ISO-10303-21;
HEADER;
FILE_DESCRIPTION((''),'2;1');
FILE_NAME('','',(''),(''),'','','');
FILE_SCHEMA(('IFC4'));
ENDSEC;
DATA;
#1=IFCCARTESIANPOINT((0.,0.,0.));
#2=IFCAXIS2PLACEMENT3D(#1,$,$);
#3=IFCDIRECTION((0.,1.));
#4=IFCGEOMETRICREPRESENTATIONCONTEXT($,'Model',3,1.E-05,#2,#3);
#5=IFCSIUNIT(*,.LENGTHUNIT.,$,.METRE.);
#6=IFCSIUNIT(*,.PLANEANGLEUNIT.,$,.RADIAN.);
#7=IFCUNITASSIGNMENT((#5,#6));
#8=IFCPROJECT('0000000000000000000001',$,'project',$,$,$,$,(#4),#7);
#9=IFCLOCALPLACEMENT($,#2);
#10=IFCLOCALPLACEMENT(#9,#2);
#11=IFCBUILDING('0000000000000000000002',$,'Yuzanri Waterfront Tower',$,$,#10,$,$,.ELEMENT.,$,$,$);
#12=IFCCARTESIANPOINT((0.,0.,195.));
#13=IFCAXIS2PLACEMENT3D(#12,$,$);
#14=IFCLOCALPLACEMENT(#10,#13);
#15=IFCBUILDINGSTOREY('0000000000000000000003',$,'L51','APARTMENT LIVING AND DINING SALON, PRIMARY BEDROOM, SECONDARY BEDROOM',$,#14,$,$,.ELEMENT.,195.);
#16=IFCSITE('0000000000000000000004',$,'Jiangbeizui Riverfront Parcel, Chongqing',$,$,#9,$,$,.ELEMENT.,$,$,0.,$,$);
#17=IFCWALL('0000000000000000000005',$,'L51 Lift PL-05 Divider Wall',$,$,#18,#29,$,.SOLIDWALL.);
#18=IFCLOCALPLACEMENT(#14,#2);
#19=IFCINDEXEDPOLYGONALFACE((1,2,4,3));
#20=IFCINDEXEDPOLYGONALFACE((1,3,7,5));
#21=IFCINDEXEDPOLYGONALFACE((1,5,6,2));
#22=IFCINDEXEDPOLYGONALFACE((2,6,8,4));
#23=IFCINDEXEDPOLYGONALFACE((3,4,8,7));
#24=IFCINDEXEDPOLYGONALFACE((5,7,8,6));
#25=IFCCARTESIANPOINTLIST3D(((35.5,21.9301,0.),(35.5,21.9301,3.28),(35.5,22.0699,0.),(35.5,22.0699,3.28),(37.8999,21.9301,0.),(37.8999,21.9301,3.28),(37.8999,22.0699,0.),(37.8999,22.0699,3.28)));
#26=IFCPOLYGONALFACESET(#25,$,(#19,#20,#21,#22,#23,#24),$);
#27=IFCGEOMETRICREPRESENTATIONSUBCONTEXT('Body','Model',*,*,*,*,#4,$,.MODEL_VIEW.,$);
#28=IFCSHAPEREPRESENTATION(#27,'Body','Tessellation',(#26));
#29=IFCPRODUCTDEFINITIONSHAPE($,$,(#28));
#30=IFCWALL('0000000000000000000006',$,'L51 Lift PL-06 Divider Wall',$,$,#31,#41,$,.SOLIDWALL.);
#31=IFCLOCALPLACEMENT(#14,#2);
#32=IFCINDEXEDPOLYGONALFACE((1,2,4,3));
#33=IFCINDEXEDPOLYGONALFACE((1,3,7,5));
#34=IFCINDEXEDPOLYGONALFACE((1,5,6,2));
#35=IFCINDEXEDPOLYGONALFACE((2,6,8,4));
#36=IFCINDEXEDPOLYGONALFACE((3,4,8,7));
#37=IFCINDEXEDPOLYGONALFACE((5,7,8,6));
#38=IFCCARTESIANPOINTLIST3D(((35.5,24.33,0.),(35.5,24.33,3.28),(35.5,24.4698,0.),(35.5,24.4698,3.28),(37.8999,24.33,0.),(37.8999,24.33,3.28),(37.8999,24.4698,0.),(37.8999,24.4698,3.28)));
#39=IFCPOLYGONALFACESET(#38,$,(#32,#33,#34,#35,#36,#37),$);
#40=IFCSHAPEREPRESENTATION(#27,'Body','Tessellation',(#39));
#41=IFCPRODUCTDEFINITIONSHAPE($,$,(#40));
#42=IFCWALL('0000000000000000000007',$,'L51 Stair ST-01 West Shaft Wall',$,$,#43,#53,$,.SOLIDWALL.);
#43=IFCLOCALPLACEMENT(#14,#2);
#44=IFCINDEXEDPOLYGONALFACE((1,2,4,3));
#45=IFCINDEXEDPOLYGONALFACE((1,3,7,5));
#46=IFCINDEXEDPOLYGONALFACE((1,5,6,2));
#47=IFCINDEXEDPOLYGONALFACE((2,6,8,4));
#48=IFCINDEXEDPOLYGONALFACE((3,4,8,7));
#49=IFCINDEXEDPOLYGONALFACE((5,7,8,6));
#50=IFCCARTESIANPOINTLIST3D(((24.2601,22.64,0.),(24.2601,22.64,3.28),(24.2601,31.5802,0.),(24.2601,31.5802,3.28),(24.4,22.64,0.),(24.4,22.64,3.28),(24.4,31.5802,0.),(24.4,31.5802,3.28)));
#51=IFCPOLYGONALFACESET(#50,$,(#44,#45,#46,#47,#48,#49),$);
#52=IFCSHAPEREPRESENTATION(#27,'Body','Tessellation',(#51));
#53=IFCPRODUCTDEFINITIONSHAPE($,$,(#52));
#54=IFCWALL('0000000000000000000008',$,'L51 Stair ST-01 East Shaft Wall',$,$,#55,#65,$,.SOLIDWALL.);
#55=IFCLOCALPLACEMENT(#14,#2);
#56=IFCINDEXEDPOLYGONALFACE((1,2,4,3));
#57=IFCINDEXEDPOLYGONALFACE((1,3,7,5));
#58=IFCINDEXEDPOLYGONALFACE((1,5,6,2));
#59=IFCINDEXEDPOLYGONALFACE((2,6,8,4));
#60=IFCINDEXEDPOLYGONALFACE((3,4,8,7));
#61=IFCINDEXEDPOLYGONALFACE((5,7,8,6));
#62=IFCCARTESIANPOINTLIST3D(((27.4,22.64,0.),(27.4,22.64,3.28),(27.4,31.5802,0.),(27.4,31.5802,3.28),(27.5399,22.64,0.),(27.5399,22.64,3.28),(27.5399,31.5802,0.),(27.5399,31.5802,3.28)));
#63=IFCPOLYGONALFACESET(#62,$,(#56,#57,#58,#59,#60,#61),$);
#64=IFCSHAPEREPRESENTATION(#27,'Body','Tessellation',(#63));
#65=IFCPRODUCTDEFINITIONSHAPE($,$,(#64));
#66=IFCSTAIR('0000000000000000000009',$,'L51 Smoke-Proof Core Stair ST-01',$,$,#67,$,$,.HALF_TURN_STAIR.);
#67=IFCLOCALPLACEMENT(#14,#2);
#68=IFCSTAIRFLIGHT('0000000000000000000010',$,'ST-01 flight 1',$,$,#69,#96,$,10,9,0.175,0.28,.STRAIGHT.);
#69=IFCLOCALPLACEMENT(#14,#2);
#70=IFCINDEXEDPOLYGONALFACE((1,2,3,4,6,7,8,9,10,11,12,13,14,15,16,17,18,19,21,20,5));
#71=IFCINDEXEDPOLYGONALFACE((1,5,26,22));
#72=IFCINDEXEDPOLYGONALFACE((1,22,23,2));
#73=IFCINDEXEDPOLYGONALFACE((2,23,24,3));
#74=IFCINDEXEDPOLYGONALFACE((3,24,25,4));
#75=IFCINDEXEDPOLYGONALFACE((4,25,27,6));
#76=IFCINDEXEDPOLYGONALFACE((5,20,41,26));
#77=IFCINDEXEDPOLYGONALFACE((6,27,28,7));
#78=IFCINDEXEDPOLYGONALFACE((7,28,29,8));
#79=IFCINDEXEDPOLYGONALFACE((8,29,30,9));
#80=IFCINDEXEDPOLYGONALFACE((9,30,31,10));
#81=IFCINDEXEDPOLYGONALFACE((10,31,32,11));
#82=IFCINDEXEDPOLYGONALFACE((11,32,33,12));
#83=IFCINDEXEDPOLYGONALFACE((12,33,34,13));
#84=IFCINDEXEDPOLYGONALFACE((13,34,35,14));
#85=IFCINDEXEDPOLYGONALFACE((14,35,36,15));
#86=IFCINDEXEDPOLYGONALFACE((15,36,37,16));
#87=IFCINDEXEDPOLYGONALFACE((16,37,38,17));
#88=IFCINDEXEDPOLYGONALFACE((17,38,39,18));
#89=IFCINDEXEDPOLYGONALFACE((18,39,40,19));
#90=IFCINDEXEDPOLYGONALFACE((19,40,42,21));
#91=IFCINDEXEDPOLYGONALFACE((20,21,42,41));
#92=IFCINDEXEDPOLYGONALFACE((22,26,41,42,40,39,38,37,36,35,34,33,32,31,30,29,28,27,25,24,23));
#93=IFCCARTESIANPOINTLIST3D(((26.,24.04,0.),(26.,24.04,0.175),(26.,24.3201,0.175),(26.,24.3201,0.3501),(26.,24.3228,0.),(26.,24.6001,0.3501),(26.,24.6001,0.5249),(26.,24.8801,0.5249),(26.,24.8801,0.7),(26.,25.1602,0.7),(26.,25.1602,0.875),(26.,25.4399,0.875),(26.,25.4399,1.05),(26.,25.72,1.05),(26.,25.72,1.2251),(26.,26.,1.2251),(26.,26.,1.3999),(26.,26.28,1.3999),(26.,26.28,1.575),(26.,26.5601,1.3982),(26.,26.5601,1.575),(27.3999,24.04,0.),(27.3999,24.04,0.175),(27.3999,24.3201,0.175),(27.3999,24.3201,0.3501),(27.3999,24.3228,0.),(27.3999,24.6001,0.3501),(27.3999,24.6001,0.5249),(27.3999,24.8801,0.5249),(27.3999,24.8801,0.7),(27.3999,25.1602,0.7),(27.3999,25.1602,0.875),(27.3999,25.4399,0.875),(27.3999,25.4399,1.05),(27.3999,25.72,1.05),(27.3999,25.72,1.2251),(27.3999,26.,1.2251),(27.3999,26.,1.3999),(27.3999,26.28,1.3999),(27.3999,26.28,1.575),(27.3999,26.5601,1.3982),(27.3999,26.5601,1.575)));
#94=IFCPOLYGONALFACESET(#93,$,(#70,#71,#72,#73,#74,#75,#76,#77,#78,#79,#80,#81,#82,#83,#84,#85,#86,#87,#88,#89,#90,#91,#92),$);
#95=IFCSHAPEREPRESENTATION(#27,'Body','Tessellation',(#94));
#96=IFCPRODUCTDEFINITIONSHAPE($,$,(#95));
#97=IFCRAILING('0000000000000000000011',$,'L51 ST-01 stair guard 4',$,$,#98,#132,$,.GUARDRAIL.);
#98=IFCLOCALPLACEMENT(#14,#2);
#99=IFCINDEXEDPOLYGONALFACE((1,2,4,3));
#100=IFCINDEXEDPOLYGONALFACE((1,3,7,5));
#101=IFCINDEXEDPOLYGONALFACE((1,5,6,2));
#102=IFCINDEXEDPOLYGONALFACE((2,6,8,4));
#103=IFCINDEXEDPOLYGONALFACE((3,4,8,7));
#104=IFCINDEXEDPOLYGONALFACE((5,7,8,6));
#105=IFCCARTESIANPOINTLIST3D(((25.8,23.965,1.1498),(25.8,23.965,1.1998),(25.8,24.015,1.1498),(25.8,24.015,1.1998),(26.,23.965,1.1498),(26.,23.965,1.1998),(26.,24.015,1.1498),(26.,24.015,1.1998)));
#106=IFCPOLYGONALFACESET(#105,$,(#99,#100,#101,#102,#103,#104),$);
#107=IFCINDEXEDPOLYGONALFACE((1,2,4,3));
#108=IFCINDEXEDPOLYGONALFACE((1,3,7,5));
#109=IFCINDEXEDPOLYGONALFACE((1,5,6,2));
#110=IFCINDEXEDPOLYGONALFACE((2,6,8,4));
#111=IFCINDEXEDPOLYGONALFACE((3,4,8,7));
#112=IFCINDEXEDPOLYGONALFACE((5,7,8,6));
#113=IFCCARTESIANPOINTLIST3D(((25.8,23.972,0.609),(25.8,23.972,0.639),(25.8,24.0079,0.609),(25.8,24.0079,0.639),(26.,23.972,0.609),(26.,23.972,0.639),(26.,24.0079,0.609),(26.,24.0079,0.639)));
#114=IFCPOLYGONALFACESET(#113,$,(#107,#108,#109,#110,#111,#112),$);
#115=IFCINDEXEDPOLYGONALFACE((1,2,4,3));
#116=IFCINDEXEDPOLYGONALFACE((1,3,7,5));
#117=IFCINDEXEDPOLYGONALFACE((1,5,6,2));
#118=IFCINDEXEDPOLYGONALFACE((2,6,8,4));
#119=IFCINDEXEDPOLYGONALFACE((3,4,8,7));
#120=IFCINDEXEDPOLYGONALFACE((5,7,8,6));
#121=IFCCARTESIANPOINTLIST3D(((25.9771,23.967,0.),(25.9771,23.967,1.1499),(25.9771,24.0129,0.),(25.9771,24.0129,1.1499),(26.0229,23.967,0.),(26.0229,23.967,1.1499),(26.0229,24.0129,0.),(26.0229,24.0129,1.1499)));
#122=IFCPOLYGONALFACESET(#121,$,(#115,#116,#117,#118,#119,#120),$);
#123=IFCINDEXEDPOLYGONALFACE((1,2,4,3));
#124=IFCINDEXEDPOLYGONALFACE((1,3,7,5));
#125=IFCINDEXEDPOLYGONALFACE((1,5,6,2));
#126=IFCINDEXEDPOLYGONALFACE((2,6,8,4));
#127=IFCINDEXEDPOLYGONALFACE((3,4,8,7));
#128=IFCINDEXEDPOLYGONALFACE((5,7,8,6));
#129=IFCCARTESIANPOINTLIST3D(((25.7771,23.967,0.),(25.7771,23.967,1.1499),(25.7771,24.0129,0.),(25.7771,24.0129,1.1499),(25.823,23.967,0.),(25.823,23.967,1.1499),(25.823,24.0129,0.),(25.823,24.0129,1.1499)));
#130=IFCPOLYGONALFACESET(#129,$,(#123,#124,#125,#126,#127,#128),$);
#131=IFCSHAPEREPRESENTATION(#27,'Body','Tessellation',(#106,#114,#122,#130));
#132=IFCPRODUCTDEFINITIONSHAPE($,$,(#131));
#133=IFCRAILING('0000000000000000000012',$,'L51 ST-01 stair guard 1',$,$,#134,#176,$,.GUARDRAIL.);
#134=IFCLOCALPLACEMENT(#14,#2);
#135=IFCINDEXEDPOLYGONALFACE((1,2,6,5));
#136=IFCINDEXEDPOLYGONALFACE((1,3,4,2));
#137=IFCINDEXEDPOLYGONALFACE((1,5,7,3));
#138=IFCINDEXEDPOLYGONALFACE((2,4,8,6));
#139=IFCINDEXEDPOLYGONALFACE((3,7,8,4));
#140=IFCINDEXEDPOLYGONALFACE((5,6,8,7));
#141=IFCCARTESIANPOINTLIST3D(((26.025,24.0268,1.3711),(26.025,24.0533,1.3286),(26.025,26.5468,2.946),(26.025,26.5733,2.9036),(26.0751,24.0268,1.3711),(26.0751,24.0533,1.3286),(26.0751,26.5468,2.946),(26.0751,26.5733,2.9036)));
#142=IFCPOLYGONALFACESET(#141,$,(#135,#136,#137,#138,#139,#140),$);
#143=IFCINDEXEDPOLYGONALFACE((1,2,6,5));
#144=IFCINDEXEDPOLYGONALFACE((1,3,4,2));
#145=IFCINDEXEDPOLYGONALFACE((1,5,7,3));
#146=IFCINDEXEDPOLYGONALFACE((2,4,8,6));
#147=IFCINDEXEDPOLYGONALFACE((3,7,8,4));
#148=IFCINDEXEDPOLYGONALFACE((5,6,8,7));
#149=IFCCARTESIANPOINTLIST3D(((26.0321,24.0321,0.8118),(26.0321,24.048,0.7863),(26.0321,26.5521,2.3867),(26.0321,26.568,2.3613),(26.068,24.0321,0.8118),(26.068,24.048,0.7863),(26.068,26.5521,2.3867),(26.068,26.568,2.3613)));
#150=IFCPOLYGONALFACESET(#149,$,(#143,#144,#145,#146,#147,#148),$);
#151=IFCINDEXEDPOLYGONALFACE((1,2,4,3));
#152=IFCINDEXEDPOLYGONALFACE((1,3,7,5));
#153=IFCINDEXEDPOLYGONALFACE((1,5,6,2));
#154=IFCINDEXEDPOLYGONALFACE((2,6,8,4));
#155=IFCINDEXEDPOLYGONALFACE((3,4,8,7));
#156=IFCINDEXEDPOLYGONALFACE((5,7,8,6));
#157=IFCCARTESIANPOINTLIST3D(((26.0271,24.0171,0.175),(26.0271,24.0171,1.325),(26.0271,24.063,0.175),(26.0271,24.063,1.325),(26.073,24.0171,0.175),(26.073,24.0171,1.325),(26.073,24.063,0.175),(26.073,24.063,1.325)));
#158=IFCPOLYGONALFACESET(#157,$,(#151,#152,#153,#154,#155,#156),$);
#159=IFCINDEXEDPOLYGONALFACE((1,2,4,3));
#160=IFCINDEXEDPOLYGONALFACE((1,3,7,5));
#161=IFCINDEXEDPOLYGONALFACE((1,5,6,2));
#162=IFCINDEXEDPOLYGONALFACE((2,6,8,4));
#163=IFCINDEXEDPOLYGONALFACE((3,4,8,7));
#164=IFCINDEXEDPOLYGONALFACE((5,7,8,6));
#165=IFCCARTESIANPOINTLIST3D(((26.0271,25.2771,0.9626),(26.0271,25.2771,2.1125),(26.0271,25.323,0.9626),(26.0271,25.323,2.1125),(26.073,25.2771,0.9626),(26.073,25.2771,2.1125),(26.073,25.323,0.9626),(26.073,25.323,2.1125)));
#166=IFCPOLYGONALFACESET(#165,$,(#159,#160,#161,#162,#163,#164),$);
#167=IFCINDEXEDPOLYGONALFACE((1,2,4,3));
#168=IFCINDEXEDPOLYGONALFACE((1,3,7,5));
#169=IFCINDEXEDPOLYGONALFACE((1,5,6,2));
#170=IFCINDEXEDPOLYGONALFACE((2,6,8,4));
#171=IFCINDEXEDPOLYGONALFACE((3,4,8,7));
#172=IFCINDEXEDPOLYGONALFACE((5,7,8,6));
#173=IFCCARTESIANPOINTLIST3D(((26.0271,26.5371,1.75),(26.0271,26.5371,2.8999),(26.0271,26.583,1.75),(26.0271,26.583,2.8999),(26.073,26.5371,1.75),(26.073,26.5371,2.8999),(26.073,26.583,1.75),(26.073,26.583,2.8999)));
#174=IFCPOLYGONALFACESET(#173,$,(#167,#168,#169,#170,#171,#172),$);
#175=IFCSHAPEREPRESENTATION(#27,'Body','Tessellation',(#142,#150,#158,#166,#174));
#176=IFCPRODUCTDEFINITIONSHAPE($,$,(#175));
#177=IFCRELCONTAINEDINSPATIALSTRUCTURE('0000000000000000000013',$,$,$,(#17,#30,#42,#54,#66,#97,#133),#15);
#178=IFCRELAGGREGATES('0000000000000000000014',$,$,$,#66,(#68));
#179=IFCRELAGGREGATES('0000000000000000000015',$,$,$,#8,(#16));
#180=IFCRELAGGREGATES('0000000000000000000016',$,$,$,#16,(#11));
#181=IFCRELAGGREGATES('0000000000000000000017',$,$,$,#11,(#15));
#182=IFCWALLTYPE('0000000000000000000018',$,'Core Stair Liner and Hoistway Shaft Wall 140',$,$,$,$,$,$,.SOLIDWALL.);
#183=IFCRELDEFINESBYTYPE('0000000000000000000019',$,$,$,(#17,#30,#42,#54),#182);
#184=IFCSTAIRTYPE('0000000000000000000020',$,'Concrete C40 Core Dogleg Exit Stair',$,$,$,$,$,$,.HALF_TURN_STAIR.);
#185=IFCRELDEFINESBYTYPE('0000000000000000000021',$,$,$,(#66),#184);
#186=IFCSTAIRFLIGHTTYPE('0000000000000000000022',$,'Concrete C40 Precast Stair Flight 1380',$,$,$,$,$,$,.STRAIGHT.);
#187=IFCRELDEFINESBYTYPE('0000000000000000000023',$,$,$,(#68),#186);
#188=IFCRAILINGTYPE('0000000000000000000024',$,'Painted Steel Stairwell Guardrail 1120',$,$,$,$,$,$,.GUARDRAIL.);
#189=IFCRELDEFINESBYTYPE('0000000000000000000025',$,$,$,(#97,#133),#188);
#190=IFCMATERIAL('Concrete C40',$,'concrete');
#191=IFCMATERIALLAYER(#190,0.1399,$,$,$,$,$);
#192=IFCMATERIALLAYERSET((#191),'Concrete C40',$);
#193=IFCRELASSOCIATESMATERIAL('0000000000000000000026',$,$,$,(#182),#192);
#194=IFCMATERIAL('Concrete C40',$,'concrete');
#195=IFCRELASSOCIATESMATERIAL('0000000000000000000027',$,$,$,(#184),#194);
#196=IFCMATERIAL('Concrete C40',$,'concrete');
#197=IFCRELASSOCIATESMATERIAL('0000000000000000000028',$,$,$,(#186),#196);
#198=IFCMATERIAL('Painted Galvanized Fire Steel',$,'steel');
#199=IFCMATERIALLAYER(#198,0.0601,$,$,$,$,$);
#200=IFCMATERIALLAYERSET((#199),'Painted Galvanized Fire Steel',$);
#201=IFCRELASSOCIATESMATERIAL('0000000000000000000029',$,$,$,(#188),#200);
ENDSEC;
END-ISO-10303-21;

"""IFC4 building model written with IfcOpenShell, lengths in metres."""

from ifc_helpers import new_model, si_unit, direction, frame, frame_2d, origin, origin_2d, place, context, subcontext, project, spatial, polyline, rectangle, outline, extrude, source, transform, mapped, material, layer, layer_set, type_object, element, aggregate, save


model = new_model("IFC4")

# Units and contexts
model_context = context("Model", 3, precision=1e-05, world=origin(), true_north=direction((0.0, 1.0)))
body_context = subcontext(model_context, "Body", "Model", "MODEL_VIEW")
ifc_project = project(units=[si_unit("LENGTHUNIT", "METRE"), si_unit("PLANEANGLEUNIT", "RADIAN")], contexts=[model_context])

# Site, building, storey
site_placement = place(None, origin())
site = spatial("IfcSite", under=ifc_project, at=site_placement, Name="Jiangbeizui Riverfront Parcel, Chongqing", CompositionType="ELEMENT", RefElevation=0.0)
building_placement = place(site_placement, origin())
building = spatial("IfcBuilding", under=site, at=building_placement, Name="Yuzanri Waterfront Tower", CompositionType="ELEMENT")
storey_placement = place(building_placement, frame((0.0, 0.0, 195.0)))
storey = spatial("IfcBuildingStorey", under=building, at=storey_placement, Name="L51", Description="APARTMENT LIVING AND DINING SALON, PRIMARY BEDROOM, SECONDARY BEDROOM", CompositionType="ELEMENT", Elevation=195.0)

# Shared definitions
ifc_material_1 = material(Name="Concrete C40", Category="concrete")
ifc_layer_1 = layer(ifc_material_1, 0.1399)
ifc_layer_set_1 = layer_set([ifc_layer_1], Name="Concrete C40")
wall_type_1 = type_object("IfcWallType", Name="Core Stair Liner and Hoistway Shaft Wall 140", PredefinedType="SOLIDWALL", material=ifc_layer_set_1)

# Walls
shared_shape_1 = source(origin(), body_context, "Body", "SweptSolid", [
    extrude(rectangle(XDim=2.3999, YDim=0.1399, at=frame_2d((1.2, 0.0))), origin(), (0.0, 0.0, 1.0), 3.28),
])
for number, where, z_axis, x_axis, name in (
    (1, (35.5, 22.0, 0.0), (0.0, 0.0, 1.0), (1.0, 0.0, 0.0), "L51 Lift PL-05 Divider Wall"),
    (2, (35.5, 24.3999, 0.0), (0.0, 0.0, 1.0), (1.0, 0.0, 0.0), "L51 Lift PL-06 Divider Wall"),
):
    element("IfcWall", number, at=place(storey_placement, frame(where, z_axis=z_axis, x_axis=x_axis)), inside=storey, type_object=wall_type_1, Name=name, PredefinedType="SOLIDWALL", context=body_context, shape_type="MappedRepresentation", body=[
        mapped(shared_shape_1, transform((0.0, 0.0, 0.0), scale=1.0)),
    ])
shared_shape_2 = source(origin(), body_context, "Body", "SweptSolid", [
    extrude(rectangle(XDim=8.9402, YDim=0.1399, at=frame_2d((4.4702, 0.0))), origin(), (0.0, 0.0, 1.0), 3.28),
])
for number, where, z_axis, x_axis, name in (
    (3, (24.3301, 22.6399, 0.0), (0.0, 0.0, 1.0), (0.0, 1.0, 0.0), "L51 Stair ST-01 West Shaft Wall"),
    (4, (27.47, 22.6399, 0.0), (0.0, 0.0, 1.0), (0.0, 1.0, 0.0), "L51 Stair ST-01 East Shaft Wall"),
):
    element("IfcWall", number, at=place(storey_placement, frame(where, z_axis=z_axis, x_axis=x_axis)), inside=storey, type_object=wall_type_1, Name=name, PredefinedType="SOLIDWALL", context=body_context, shape_type="MappedRepresentation", body=[
        mapped(shared_shape_2, transform((0.0, 0.0, 0.0), scale=1.0)),
    ])

# Stair, stair flight
ifc_material_2 = material(Name="Concrete C40", Category="concrete")
stair_type = type_object("IfcStairType", Name="Concrete C40 Core Dogleg Exit Stair", PredefinedType="HALF_TURN_STAIR", material=ifc_material_2)
stair_placement = place(storey_placement, origin())
stair = element("IfcStair", 5, at=stair_placement, inside=storey, type_object=stair_type, Name="L51 Smoke-Proof Core Stair ST-01", PredefinedType="HALF_TURN_STAIR")
ifc_material_3 = material(Name="Concrete C40", Category="concrete")
stair_flight_type = type_object("IfcStairFlightType", Name="Concrete C40 Precast Stair Flight 1380", PredefinedType="STRAIGHT", material=ifc_material_3)
shared_shape_3 = source(origin(), body_context, "Body", "SweptSolid", [
    extrude(outline(polyline([(0.0, 0.0), (0.0, 0.175), (0.28, 0.175), (0.28, 0.3501), (0.5601, 0.3501), (0.5601, 0.5249), (0.8401, 0.5249), (0.8401, 0.7), (1.1201, 0.7), (1.1201, 0.875), (1.3999, 0.875), (1.3999, 1.05), (1.6799, 1.05), (1.6799, 1.2251), (1.96, 1.2251), (1.96, 1.3999), (2.24, 1.3999), (2.24, 1.575), (2.52, 1.575), (2.52, 1.75), (2.52, 1.3982), (0.2827, 0.0), (0.0, 0.0)])), frame((0.0, 0.7, 0.0), z_axis=(0.0, -1.0, 0.0), x_axis=(1.0, 0.0, 0.0)), (0.0, 0.0, 1.0), 1.3999),
])
stair_flight_placement = place(storey_placement, frame((26.7, 24.04, 0.0), z_axis=(0.0, 0.0, 1.0), x_axis=(0.0, 1.0, 0.0)))
stair_flight = element("IfcStairFlight", 6, at=stair_flight_placement, type_object=stair_flight_type, Name="ST-01 flight 1", NumberOfRisers=10, NumberOfTreads=9, PredefinedType="STRAIGHT", RiserHeight=0.175, TreadLength=0.28, context=body_context, shape_type="MappedRepresentation", body=[
    mapped(shared_shape_3, transform((0.0, 0.0, 0.0), scale=1.0)),
])
aggregate(stair, [stair_flight])

# Railings
ifc_material_4 = material(Name="Painted Galvanized Fire Steel", Category="steel")
ifc_layer_2 = layer(ifc_material_4, 0.0601)
ifc_layer_set_2 = layer_set([ifc_layer_2], Name="Painted Galvanized Fire Steel")
railing_type_1 = type_object("IfcRailingType", Name="Painted Steel Stairwell Guardrail 1120", PredefinedType="GUARDRAIL", material=ifc_layer_set_2)
shared_shape_4 = source(origin(), body_context, "Body", "SweptSolid", [
    extrude(rectangle(XDim=0.05, YDim=0.05, at=origin_2d()), frame((0.0, 0.0, 1.1748), z_axis=(-1.0, 0.0, 0.0), x_axis=(0.0, -1.0, 0.0)), (0.0, 0.0, 1.0), 0.2),
    extrude(rectangle(XDim=0.0359, YDim=0.03, at=origin_2d()), frame((0.0, 0.0, 0.624), z_axis=(-1.0, 0.0, 0.0), x_axis=(0.0, -1.0, 0.0)), (0.0, 0.0, 1.0), 0.2),
    extrude(rectangle(XDim=0.0459, YDim=0.0459, at=origin_2d()), origin(), (0.0, 0.0, 1.0), 1.1499),
    extrude(rectangle(XDim=0.0459, YDim=0.0459, at=origin_2d()), frame((-0.2, 0.0, 0.0)), (0.0, 0.0, 1.0), 1.1499),
])
railing_1_placement = place(storey_placement, frame((26.0, 23.99, 0.0)))
element("IfcRailing", 7, at=railing_1_placement, inside=storey, type_object=railing_type_1, Name="L51 ST-01 stair guard 4", PredefinedType="GUARDRAIL", context=body_context, shape_type="MappedRepresentation", body=[
    mapped(shared_shape_4, transform((0.0, 0.0, 0.0), scale=1.0)),
])
shared_shape_5 = source(origin(), body_context, "Body", "SweptSolid", [
    extrude(rectangle(XDim=0.05, YDim=0.05, at=origin_2d()), frame((0.0, 0.0, 1.1748), z_axis=(0.0, 0.848008, 0.529984), x_axis=(-1.0, 0.0, 0.0)), (0.0, 0.0, 1.0), 2.9717),
    extrude(rectangle(XDim=0.0359, YDim=0.03, at=origin_2d()), frame((0.0, 0.0, 0.624), z_axis=(0.0, 0.848008, 0.529984), x_axis=(-1.0, 0.0, 0.0)), (0.0, 0.0, 1.0), 2.9717),
    extrude(rectangle(XDim=0.0459, YDim=0.0459, at=origin_2d()), origin(), (0.0, 0.0, 1.0), 1.1499),
    extrude(rectangle(XDim=0.0459, YDim=0.0459, at=origin_2d()), frame((0.0, 1.26, 0.7876)), (0.0, 0.0, 1.0), 1.1499),
    extrude(rectangle(XDim=0.0459, YDim=0.0459, at=origin_2d()), frame((0.0, 2.52, 1.575)), (0.0, 0.0, 1.0), 1.1499),
])
railing_2_placement = place(storey_placement, frame((26.05, 24.04, 0.175)))
element("IfcRailing", 8, at=railing_2_placement, inside=storey, type_object=railing_type_1, Name="L51 ST-01 stair guard 1", PredefinedType="GUARDRAIL", context=body_context, shape_type="MappedRepresentation", body=[
    mapped(shared_shape_5, transform((0.0, 0.0, 0.0), scale=1.0)),
])

save(model, "model.ifc")
